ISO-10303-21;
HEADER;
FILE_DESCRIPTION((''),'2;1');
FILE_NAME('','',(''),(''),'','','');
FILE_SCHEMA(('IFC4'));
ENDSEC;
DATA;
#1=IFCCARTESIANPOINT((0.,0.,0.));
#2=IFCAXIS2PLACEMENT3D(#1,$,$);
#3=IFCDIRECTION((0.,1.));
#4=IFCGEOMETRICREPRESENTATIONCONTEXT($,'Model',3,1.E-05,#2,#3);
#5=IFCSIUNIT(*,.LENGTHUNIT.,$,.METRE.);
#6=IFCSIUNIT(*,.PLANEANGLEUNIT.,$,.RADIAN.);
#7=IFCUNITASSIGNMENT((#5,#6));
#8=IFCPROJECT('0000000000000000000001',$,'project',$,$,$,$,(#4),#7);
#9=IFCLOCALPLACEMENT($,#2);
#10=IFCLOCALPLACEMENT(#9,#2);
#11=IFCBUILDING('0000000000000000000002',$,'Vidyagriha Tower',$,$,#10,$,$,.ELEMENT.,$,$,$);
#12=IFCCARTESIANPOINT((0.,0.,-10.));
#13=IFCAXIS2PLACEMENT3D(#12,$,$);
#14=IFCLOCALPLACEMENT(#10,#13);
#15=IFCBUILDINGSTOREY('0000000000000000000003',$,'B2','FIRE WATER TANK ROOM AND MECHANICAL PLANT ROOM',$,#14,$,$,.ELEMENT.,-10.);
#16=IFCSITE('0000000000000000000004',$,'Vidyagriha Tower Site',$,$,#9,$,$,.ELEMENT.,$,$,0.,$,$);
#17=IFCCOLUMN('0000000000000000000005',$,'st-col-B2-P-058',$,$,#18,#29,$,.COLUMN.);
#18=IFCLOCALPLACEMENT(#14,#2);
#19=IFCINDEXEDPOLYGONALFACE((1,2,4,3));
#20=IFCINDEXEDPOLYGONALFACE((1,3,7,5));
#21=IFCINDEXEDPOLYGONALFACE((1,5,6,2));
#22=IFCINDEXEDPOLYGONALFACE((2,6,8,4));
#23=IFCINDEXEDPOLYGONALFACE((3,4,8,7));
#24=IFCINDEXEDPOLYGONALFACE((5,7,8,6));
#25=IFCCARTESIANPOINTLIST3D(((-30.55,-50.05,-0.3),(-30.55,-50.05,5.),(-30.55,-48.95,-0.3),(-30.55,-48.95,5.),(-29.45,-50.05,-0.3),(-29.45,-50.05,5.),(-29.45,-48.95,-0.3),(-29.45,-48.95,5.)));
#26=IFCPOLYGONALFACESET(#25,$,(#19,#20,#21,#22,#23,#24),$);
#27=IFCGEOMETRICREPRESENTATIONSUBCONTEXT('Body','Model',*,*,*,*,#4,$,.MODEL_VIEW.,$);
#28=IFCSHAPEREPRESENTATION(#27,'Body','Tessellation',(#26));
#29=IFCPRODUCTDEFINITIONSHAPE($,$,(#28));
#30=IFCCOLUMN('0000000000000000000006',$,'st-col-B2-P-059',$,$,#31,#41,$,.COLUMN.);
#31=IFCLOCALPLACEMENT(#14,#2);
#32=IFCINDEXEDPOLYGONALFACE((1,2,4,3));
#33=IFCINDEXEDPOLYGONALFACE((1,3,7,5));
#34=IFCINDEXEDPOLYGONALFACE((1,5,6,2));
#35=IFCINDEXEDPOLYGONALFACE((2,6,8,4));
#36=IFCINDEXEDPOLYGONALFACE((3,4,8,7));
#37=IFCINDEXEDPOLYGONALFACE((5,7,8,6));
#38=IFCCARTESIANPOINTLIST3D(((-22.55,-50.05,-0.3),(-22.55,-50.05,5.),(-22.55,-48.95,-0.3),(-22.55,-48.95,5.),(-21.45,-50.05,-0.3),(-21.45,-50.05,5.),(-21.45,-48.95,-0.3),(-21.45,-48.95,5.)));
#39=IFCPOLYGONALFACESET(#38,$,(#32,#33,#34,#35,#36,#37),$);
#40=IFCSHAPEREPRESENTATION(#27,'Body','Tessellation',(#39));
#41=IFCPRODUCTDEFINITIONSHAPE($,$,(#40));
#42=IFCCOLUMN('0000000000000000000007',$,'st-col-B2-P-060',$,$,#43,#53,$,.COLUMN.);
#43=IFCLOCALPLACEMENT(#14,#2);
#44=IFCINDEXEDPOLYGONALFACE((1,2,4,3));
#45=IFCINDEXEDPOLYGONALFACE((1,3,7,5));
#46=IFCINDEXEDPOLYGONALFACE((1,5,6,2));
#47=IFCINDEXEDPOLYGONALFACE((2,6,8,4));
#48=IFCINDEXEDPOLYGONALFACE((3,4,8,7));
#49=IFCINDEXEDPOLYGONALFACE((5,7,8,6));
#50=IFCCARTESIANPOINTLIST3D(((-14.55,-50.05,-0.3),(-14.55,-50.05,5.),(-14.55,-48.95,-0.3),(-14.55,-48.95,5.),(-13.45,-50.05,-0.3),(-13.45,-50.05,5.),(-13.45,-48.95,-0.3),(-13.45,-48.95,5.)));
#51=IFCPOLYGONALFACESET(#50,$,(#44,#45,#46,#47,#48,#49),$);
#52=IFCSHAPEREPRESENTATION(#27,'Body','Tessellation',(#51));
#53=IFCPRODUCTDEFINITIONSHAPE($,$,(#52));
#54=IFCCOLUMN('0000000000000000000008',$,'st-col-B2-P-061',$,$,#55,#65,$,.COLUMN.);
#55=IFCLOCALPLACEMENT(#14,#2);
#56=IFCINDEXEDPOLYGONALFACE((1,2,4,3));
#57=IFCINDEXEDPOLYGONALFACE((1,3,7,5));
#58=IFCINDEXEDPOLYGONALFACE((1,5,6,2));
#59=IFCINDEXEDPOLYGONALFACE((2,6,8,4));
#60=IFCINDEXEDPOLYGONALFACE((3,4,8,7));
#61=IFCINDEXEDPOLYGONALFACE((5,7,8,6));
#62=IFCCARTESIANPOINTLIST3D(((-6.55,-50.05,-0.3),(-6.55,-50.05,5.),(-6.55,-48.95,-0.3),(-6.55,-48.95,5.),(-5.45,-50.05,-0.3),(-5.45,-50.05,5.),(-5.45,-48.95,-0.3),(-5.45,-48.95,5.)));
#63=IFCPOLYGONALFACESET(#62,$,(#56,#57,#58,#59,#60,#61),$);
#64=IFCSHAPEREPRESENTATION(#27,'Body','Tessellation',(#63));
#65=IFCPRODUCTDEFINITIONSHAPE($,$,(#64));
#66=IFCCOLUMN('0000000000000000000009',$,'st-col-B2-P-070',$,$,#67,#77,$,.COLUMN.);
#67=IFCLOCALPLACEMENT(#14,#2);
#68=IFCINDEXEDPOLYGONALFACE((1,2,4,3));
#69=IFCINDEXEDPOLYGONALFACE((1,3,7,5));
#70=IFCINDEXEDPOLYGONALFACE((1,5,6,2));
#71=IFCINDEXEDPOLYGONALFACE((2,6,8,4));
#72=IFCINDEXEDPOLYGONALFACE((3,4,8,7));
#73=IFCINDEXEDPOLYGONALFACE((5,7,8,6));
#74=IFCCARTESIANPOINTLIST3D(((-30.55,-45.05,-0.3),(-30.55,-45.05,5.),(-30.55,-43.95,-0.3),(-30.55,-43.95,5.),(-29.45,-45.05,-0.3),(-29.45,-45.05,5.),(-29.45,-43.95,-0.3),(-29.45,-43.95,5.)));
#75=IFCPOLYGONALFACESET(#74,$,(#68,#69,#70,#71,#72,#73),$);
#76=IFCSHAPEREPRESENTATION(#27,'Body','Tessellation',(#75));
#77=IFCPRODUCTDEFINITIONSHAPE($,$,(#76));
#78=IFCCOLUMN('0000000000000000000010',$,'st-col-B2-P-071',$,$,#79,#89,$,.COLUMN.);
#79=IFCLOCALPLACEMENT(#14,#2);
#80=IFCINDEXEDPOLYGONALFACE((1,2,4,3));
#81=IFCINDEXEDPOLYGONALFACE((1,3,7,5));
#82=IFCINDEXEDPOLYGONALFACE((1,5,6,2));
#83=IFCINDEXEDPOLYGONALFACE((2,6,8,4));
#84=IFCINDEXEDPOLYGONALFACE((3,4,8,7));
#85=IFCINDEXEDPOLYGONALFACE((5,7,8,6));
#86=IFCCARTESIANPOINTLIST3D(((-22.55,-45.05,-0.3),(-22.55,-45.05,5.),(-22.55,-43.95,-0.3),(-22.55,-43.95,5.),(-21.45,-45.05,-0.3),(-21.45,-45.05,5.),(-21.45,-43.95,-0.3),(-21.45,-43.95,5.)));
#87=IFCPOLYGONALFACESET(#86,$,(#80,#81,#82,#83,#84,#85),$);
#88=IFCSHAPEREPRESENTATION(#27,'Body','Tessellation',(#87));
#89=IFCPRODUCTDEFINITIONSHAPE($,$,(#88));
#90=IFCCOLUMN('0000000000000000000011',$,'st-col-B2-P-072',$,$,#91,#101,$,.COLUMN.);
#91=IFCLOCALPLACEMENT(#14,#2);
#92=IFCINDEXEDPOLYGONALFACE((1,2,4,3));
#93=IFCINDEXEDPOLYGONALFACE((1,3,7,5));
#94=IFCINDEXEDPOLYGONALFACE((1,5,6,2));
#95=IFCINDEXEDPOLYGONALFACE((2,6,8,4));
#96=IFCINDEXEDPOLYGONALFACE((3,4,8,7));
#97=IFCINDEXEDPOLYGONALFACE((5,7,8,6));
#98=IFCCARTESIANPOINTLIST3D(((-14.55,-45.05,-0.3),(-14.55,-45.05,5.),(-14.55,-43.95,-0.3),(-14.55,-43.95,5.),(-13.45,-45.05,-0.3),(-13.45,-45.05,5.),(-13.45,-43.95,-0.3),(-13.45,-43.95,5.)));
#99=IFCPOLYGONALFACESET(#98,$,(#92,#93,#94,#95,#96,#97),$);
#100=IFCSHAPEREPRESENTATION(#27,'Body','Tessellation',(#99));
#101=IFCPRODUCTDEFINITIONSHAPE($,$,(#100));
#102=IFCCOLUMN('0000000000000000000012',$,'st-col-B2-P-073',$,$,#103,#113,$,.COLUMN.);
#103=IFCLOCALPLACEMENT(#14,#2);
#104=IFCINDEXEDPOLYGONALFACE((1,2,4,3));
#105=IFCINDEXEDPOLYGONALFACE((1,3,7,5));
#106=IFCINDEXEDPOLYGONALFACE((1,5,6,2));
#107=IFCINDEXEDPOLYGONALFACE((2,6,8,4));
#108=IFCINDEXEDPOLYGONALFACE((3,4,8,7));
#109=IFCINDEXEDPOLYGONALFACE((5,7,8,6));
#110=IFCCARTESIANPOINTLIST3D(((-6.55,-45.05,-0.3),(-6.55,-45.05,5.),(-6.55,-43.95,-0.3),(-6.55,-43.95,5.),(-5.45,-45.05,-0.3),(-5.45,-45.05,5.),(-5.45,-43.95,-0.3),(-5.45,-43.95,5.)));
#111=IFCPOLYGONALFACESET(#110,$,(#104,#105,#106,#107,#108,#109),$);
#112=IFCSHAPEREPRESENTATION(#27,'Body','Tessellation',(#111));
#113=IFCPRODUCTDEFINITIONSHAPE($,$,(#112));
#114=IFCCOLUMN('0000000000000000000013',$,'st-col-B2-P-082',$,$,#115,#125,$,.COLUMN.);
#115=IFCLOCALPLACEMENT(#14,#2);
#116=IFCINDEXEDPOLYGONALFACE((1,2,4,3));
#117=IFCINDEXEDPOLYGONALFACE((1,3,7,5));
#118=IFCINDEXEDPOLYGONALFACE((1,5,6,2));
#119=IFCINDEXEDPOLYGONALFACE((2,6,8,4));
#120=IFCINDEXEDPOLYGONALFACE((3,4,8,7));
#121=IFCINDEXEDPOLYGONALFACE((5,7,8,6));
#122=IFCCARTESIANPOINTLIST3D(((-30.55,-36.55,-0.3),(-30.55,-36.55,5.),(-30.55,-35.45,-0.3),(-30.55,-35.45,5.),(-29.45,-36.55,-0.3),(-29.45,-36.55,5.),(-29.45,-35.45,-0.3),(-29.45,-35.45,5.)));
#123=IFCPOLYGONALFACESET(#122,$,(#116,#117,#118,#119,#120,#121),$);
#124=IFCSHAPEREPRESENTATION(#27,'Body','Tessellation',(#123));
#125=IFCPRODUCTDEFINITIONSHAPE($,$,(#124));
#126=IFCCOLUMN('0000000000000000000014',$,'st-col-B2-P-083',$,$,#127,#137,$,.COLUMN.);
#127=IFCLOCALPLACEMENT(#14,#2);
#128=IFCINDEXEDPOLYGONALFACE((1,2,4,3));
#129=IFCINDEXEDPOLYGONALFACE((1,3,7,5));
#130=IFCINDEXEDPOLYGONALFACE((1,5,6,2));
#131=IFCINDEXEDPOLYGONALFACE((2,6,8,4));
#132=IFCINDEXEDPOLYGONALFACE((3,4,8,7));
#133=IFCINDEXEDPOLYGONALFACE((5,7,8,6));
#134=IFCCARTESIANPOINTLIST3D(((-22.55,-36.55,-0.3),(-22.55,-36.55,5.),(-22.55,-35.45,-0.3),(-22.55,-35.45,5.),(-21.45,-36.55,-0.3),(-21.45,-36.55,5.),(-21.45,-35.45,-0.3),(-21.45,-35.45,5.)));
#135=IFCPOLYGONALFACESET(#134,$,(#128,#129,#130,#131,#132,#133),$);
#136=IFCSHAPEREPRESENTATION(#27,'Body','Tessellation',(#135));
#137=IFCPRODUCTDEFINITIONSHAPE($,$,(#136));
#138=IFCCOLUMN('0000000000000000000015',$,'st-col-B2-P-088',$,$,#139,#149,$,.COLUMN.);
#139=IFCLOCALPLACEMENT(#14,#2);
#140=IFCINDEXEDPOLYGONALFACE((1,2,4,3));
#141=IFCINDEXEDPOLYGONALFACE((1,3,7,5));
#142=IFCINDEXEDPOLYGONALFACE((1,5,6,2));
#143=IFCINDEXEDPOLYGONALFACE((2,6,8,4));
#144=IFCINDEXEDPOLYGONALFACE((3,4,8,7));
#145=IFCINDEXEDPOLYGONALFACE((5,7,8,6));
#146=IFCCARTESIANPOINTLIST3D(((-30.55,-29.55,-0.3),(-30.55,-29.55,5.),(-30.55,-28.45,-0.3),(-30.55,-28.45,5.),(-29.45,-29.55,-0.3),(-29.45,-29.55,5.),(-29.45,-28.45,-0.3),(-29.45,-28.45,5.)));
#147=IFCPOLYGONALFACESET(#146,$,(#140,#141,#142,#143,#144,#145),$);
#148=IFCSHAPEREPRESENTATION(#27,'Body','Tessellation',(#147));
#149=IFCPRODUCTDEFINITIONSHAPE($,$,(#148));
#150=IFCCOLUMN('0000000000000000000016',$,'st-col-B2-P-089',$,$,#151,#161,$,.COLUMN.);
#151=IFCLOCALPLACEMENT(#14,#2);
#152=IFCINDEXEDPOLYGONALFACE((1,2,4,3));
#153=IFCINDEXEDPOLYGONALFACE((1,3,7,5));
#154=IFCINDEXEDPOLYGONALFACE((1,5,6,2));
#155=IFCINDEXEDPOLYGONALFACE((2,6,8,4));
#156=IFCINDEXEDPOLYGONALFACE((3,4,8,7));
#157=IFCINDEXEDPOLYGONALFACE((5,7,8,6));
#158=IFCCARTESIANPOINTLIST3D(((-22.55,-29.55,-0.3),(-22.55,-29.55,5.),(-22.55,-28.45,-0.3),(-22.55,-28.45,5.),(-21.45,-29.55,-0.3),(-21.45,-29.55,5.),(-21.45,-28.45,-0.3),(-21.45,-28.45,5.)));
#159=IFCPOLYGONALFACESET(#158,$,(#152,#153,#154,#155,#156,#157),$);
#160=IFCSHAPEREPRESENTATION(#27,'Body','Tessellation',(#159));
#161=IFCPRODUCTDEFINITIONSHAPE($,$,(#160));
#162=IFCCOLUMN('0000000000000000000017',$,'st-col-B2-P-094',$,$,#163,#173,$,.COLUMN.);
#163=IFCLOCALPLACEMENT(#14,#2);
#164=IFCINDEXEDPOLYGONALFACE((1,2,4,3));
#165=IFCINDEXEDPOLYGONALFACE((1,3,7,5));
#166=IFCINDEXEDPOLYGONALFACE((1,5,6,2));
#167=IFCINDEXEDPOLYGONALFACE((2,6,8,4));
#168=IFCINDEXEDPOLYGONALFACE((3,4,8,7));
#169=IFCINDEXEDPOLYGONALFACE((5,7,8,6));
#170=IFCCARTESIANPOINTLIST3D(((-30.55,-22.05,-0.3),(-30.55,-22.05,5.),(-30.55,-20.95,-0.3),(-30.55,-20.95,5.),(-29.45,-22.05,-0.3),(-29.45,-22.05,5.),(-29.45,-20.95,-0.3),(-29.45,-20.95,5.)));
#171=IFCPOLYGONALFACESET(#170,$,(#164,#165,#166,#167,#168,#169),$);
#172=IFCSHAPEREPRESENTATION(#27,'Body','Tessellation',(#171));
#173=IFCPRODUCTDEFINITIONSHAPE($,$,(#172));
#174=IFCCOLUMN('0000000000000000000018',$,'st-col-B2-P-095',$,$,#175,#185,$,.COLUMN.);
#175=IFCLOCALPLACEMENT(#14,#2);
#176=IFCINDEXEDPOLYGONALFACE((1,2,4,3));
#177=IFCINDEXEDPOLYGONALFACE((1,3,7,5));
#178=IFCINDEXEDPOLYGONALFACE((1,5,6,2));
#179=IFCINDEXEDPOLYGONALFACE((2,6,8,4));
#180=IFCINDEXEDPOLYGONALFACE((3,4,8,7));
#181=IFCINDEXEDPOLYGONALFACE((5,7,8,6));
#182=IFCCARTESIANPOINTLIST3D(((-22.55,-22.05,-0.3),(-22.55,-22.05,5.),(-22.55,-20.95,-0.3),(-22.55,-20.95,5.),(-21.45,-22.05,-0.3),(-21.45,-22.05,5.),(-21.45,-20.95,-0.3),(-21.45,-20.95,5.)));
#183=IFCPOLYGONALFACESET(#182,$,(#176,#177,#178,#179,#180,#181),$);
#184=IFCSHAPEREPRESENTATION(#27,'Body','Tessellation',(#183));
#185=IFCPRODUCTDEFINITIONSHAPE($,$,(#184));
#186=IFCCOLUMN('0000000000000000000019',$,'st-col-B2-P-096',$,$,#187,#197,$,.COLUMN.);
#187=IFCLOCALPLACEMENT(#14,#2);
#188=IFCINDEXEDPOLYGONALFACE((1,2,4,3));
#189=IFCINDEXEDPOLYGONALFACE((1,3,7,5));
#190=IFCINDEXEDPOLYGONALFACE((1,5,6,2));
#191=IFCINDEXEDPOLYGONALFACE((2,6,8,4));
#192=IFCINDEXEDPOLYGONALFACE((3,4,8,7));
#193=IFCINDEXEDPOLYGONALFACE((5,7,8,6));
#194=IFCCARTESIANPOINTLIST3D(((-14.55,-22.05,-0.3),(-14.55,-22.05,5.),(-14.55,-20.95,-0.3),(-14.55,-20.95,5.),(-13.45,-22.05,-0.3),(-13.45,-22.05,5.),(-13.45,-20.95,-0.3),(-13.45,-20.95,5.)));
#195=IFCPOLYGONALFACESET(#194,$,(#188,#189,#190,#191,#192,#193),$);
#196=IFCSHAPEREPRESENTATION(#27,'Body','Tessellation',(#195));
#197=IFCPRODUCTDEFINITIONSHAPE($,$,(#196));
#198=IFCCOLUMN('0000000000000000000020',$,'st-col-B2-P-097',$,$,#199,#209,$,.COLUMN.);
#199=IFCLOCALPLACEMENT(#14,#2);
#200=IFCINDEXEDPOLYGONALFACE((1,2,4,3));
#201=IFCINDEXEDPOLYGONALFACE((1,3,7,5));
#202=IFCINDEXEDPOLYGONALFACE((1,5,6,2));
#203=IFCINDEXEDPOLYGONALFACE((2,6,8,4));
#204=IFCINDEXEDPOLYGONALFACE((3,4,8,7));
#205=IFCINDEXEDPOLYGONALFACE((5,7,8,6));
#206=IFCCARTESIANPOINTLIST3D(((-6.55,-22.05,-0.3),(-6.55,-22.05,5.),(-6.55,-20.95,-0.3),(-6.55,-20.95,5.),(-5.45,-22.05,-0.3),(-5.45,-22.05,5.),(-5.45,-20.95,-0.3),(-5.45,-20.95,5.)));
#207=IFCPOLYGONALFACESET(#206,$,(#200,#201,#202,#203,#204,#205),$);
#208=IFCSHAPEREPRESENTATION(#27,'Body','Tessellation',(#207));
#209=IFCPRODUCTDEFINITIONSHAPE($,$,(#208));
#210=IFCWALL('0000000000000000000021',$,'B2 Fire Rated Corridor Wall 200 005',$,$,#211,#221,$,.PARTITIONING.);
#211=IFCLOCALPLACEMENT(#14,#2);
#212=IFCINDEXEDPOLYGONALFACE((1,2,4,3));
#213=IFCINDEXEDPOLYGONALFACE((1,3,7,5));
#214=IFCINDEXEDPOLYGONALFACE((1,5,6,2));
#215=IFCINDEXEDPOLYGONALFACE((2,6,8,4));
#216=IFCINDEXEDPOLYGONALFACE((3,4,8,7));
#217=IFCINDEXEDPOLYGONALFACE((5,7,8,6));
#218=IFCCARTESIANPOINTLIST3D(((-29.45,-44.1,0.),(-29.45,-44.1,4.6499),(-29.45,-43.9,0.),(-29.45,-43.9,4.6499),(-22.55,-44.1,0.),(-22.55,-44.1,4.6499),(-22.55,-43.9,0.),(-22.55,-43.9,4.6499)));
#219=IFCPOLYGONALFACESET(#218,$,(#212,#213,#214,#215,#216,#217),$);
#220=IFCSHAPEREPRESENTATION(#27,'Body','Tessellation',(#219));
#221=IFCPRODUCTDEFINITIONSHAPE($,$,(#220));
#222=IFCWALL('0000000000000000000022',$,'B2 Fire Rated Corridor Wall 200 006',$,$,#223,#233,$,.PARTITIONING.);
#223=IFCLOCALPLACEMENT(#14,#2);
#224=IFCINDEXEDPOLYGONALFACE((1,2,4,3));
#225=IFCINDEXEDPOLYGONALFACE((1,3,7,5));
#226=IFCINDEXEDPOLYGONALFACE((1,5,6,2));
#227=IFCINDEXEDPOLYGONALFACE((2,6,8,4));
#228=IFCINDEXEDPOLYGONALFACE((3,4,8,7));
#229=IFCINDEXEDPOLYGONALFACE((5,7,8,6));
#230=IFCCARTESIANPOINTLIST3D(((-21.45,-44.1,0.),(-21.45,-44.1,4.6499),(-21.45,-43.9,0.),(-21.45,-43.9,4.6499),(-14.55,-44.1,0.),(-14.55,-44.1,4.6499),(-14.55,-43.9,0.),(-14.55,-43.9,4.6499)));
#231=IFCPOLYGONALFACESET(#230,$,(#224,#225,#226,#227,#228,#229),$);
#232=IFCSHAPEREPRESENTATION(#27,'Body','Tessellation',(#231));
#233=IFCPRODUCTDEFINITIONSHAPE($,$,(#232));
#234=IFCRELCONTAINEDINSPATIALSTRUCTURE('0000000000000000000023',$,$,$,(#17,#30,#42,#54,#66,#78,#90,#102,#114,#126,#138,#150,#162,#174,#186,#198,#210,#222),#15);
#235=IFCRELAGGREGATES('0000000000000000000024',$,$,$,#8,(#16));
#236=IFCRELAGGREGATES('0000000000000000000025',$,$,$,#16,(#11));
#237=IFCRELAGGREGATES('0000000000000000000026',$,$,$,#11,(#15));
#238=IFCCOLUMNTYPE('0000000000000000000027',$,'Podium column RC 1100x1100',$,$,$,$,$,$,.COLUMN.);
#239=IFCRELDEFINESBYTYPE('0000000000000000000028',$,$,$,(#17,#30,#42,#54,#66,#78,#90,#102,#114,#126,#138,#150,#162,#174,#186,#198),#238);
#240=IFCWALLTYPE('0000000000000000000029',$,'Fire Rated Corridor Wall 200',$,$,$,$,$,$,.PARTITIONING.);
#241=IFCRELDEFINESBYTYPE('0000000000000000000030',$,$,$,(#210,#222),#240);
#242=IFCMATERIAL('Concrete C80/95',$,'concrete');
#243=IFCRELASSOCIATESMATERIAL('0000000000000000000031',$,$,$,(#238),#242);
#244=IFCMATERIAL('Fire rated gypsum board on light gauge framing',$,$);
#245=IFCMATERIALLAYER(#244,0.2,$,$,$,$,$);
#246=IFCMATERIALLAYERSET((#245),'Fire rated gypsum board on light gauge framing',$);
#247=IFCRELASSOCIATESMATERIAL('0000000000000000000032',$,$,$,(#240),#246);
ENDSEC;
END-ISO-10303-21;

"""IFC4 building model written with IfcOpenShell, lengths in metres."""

from ifc_helpers import new_model, si_unit, direction, frame, frame_2d, origin, origin_2d, place, context, subcontext, project, spatial, rectangle, extrude, material, layer, layer_set, material_profile, profile_set, type_object, element, save


model = new_model("IFC4")

# Units and contexts
model_context = context("Model", 3, precision=1e-05, world=origin(), true_north=direction((0.0, 1.0)))
body_context = subcontext(model_context, "Body", "Model", "MODEL_VIEW")
ifc_project = project(units=[si_unit("LENGTHUNIT", "METRE"), si_unit("PLANEANGLEUNIT", "RADIAN")], contexts=[model_context])

# Site, building, storey
site_placement = place(None, origin())
site = spatial("IfcSite", under=ifc_project, at=site_placement, Name="Vidyagriha Tower Site", CompositionType="ELEMENT", RefElevation=0.0)
building_placement = place(site_placement, origin())
building = spatial("IfcBuilding", under=site, at=building_placement, Name="Vidyagriha Tower", CompositionType="ELEMENT")
storey_placement = place(building_placement, frame((0.0, 0.0, -10.0)))
storey = spatial("IfcBuildingStorey", under=building, at=storey_placement, Name="B2", Description="FIRE WATER TANK ROOM AND MECHANICAL PLANT ROOM", CompositionType="ELEMENT", Elevation=-10.0)

# Columns
ifc_material_1 = material(Name="Concrete C80/95", Category="concrete")
ifc_material_profile = material_profile(ifc_material_1, rectangle(XDim=1.1001, YDim=1.1001, at=origin_2d()), Name="RC 1100x1100")
ifc_profile_set = profile_set([ifc_material_profile], Name="Concrete C80/95")
column_type = type_object("IfcColumnType", Name="Podium column RC 1100x1100", PredefinedType="COLUMN", material=ifc_profile_set)
for number, where, name in (
    (1, (-30.0, -49.5, -0.3), "st-col-B2-P-058"),
    (2, (-22.0, -49.5, -0.3), "st-col-B2-P-059"),
    (3, (-14.0, -49.5, -0.3), "st-col-B2-P-060"),
    (4, (-6.0, -49.5, -0.3), "st-col-B2-P-061"),
    (5, (-30.0, -44.5, -0.3), "st-col-B2-P-070"),
    (6, (-22.0, -44.5, -0.3), "st-col-B2-P-071"),
    (7, (-14.0, -44.5, -0.3), "st-col-B2-P-072"),
    (8, (-6.0, -44.5, -0.3), "st-col-B2-P-073"),
    (9, (-30.0, -36.0, -0.3), "st-col-B2-P-082"),
    (10, (-22.0, -36.0, -0.3), "st-col-B2-P-083"),
    (11, (-30.0, -29.0, -0.3), "st-col-B2-P-088"),
    (12, (-22.0, -29.0, -0.3), "st-col-B2-P-089"),
    (13, (-30.0, -21.5, -0.3), "st-col-B2-P-094"),
    (14, (-22.0, -21.5, -0.3), "st-col-B2-P-095"),
    (15, (-14.0, -21.5, -0.3), "st-col-B2-P-096"),
    (16, (-6.0, -21.5, -0.3), "st-col-B2-P-097"),
):
    element("IfcColumn", number, at=place(storey_placement, frame(where)), inside=storey, type_object=column_type, Name=name, PredefinedType="COLUMN", context=body_context, shape_type="SweptSolid", body=[
        extrude(rectangle(XDim=1.1001, YDim=1.1001, at=origin_2d()), origin(), (0.0, 0.0, 1.0), 5.3),
    ])

# Walls
ifc_material_2 = material(Name="Fire rated gypsum board on light gauge framing")
ifc_layer = layer(ifc_material_2, 0.2)
ifc_layer_set = layer_set([ifc_layer], Name="Fire rated gypsum board on light gauge framing")
wall_type = type_object("IfcWallType", Name="Fire Rated Corridor Wall 200", PredefinedType="PARTITIONING", material=ifc_layer_set)
for number, where, name in (
    (17, (-29.45, -44.0, 0.0), "B2 Fire Rated Corridor Wall 200 005"),
    (18, (-21.45, -44.0, 0.0), "B2 Fire Rated Corridor Wall 200 006"),
):
    element("IfcWall", number, at=place(storey_placement, frame(where)), inside=storey, type_object=wall_type, Name=name, PredefinedType="PARTITIONING", context=body_context, shape_type="SweptSolid", body=[
        extrude(rectangle(XDim=6.8999, YDim=0.2, at=frame_2d((3.45, 0.0))), origin(), (0.0, 0.0, 1.0), 4.6499),
    ])

save(model, "model.ifc")
